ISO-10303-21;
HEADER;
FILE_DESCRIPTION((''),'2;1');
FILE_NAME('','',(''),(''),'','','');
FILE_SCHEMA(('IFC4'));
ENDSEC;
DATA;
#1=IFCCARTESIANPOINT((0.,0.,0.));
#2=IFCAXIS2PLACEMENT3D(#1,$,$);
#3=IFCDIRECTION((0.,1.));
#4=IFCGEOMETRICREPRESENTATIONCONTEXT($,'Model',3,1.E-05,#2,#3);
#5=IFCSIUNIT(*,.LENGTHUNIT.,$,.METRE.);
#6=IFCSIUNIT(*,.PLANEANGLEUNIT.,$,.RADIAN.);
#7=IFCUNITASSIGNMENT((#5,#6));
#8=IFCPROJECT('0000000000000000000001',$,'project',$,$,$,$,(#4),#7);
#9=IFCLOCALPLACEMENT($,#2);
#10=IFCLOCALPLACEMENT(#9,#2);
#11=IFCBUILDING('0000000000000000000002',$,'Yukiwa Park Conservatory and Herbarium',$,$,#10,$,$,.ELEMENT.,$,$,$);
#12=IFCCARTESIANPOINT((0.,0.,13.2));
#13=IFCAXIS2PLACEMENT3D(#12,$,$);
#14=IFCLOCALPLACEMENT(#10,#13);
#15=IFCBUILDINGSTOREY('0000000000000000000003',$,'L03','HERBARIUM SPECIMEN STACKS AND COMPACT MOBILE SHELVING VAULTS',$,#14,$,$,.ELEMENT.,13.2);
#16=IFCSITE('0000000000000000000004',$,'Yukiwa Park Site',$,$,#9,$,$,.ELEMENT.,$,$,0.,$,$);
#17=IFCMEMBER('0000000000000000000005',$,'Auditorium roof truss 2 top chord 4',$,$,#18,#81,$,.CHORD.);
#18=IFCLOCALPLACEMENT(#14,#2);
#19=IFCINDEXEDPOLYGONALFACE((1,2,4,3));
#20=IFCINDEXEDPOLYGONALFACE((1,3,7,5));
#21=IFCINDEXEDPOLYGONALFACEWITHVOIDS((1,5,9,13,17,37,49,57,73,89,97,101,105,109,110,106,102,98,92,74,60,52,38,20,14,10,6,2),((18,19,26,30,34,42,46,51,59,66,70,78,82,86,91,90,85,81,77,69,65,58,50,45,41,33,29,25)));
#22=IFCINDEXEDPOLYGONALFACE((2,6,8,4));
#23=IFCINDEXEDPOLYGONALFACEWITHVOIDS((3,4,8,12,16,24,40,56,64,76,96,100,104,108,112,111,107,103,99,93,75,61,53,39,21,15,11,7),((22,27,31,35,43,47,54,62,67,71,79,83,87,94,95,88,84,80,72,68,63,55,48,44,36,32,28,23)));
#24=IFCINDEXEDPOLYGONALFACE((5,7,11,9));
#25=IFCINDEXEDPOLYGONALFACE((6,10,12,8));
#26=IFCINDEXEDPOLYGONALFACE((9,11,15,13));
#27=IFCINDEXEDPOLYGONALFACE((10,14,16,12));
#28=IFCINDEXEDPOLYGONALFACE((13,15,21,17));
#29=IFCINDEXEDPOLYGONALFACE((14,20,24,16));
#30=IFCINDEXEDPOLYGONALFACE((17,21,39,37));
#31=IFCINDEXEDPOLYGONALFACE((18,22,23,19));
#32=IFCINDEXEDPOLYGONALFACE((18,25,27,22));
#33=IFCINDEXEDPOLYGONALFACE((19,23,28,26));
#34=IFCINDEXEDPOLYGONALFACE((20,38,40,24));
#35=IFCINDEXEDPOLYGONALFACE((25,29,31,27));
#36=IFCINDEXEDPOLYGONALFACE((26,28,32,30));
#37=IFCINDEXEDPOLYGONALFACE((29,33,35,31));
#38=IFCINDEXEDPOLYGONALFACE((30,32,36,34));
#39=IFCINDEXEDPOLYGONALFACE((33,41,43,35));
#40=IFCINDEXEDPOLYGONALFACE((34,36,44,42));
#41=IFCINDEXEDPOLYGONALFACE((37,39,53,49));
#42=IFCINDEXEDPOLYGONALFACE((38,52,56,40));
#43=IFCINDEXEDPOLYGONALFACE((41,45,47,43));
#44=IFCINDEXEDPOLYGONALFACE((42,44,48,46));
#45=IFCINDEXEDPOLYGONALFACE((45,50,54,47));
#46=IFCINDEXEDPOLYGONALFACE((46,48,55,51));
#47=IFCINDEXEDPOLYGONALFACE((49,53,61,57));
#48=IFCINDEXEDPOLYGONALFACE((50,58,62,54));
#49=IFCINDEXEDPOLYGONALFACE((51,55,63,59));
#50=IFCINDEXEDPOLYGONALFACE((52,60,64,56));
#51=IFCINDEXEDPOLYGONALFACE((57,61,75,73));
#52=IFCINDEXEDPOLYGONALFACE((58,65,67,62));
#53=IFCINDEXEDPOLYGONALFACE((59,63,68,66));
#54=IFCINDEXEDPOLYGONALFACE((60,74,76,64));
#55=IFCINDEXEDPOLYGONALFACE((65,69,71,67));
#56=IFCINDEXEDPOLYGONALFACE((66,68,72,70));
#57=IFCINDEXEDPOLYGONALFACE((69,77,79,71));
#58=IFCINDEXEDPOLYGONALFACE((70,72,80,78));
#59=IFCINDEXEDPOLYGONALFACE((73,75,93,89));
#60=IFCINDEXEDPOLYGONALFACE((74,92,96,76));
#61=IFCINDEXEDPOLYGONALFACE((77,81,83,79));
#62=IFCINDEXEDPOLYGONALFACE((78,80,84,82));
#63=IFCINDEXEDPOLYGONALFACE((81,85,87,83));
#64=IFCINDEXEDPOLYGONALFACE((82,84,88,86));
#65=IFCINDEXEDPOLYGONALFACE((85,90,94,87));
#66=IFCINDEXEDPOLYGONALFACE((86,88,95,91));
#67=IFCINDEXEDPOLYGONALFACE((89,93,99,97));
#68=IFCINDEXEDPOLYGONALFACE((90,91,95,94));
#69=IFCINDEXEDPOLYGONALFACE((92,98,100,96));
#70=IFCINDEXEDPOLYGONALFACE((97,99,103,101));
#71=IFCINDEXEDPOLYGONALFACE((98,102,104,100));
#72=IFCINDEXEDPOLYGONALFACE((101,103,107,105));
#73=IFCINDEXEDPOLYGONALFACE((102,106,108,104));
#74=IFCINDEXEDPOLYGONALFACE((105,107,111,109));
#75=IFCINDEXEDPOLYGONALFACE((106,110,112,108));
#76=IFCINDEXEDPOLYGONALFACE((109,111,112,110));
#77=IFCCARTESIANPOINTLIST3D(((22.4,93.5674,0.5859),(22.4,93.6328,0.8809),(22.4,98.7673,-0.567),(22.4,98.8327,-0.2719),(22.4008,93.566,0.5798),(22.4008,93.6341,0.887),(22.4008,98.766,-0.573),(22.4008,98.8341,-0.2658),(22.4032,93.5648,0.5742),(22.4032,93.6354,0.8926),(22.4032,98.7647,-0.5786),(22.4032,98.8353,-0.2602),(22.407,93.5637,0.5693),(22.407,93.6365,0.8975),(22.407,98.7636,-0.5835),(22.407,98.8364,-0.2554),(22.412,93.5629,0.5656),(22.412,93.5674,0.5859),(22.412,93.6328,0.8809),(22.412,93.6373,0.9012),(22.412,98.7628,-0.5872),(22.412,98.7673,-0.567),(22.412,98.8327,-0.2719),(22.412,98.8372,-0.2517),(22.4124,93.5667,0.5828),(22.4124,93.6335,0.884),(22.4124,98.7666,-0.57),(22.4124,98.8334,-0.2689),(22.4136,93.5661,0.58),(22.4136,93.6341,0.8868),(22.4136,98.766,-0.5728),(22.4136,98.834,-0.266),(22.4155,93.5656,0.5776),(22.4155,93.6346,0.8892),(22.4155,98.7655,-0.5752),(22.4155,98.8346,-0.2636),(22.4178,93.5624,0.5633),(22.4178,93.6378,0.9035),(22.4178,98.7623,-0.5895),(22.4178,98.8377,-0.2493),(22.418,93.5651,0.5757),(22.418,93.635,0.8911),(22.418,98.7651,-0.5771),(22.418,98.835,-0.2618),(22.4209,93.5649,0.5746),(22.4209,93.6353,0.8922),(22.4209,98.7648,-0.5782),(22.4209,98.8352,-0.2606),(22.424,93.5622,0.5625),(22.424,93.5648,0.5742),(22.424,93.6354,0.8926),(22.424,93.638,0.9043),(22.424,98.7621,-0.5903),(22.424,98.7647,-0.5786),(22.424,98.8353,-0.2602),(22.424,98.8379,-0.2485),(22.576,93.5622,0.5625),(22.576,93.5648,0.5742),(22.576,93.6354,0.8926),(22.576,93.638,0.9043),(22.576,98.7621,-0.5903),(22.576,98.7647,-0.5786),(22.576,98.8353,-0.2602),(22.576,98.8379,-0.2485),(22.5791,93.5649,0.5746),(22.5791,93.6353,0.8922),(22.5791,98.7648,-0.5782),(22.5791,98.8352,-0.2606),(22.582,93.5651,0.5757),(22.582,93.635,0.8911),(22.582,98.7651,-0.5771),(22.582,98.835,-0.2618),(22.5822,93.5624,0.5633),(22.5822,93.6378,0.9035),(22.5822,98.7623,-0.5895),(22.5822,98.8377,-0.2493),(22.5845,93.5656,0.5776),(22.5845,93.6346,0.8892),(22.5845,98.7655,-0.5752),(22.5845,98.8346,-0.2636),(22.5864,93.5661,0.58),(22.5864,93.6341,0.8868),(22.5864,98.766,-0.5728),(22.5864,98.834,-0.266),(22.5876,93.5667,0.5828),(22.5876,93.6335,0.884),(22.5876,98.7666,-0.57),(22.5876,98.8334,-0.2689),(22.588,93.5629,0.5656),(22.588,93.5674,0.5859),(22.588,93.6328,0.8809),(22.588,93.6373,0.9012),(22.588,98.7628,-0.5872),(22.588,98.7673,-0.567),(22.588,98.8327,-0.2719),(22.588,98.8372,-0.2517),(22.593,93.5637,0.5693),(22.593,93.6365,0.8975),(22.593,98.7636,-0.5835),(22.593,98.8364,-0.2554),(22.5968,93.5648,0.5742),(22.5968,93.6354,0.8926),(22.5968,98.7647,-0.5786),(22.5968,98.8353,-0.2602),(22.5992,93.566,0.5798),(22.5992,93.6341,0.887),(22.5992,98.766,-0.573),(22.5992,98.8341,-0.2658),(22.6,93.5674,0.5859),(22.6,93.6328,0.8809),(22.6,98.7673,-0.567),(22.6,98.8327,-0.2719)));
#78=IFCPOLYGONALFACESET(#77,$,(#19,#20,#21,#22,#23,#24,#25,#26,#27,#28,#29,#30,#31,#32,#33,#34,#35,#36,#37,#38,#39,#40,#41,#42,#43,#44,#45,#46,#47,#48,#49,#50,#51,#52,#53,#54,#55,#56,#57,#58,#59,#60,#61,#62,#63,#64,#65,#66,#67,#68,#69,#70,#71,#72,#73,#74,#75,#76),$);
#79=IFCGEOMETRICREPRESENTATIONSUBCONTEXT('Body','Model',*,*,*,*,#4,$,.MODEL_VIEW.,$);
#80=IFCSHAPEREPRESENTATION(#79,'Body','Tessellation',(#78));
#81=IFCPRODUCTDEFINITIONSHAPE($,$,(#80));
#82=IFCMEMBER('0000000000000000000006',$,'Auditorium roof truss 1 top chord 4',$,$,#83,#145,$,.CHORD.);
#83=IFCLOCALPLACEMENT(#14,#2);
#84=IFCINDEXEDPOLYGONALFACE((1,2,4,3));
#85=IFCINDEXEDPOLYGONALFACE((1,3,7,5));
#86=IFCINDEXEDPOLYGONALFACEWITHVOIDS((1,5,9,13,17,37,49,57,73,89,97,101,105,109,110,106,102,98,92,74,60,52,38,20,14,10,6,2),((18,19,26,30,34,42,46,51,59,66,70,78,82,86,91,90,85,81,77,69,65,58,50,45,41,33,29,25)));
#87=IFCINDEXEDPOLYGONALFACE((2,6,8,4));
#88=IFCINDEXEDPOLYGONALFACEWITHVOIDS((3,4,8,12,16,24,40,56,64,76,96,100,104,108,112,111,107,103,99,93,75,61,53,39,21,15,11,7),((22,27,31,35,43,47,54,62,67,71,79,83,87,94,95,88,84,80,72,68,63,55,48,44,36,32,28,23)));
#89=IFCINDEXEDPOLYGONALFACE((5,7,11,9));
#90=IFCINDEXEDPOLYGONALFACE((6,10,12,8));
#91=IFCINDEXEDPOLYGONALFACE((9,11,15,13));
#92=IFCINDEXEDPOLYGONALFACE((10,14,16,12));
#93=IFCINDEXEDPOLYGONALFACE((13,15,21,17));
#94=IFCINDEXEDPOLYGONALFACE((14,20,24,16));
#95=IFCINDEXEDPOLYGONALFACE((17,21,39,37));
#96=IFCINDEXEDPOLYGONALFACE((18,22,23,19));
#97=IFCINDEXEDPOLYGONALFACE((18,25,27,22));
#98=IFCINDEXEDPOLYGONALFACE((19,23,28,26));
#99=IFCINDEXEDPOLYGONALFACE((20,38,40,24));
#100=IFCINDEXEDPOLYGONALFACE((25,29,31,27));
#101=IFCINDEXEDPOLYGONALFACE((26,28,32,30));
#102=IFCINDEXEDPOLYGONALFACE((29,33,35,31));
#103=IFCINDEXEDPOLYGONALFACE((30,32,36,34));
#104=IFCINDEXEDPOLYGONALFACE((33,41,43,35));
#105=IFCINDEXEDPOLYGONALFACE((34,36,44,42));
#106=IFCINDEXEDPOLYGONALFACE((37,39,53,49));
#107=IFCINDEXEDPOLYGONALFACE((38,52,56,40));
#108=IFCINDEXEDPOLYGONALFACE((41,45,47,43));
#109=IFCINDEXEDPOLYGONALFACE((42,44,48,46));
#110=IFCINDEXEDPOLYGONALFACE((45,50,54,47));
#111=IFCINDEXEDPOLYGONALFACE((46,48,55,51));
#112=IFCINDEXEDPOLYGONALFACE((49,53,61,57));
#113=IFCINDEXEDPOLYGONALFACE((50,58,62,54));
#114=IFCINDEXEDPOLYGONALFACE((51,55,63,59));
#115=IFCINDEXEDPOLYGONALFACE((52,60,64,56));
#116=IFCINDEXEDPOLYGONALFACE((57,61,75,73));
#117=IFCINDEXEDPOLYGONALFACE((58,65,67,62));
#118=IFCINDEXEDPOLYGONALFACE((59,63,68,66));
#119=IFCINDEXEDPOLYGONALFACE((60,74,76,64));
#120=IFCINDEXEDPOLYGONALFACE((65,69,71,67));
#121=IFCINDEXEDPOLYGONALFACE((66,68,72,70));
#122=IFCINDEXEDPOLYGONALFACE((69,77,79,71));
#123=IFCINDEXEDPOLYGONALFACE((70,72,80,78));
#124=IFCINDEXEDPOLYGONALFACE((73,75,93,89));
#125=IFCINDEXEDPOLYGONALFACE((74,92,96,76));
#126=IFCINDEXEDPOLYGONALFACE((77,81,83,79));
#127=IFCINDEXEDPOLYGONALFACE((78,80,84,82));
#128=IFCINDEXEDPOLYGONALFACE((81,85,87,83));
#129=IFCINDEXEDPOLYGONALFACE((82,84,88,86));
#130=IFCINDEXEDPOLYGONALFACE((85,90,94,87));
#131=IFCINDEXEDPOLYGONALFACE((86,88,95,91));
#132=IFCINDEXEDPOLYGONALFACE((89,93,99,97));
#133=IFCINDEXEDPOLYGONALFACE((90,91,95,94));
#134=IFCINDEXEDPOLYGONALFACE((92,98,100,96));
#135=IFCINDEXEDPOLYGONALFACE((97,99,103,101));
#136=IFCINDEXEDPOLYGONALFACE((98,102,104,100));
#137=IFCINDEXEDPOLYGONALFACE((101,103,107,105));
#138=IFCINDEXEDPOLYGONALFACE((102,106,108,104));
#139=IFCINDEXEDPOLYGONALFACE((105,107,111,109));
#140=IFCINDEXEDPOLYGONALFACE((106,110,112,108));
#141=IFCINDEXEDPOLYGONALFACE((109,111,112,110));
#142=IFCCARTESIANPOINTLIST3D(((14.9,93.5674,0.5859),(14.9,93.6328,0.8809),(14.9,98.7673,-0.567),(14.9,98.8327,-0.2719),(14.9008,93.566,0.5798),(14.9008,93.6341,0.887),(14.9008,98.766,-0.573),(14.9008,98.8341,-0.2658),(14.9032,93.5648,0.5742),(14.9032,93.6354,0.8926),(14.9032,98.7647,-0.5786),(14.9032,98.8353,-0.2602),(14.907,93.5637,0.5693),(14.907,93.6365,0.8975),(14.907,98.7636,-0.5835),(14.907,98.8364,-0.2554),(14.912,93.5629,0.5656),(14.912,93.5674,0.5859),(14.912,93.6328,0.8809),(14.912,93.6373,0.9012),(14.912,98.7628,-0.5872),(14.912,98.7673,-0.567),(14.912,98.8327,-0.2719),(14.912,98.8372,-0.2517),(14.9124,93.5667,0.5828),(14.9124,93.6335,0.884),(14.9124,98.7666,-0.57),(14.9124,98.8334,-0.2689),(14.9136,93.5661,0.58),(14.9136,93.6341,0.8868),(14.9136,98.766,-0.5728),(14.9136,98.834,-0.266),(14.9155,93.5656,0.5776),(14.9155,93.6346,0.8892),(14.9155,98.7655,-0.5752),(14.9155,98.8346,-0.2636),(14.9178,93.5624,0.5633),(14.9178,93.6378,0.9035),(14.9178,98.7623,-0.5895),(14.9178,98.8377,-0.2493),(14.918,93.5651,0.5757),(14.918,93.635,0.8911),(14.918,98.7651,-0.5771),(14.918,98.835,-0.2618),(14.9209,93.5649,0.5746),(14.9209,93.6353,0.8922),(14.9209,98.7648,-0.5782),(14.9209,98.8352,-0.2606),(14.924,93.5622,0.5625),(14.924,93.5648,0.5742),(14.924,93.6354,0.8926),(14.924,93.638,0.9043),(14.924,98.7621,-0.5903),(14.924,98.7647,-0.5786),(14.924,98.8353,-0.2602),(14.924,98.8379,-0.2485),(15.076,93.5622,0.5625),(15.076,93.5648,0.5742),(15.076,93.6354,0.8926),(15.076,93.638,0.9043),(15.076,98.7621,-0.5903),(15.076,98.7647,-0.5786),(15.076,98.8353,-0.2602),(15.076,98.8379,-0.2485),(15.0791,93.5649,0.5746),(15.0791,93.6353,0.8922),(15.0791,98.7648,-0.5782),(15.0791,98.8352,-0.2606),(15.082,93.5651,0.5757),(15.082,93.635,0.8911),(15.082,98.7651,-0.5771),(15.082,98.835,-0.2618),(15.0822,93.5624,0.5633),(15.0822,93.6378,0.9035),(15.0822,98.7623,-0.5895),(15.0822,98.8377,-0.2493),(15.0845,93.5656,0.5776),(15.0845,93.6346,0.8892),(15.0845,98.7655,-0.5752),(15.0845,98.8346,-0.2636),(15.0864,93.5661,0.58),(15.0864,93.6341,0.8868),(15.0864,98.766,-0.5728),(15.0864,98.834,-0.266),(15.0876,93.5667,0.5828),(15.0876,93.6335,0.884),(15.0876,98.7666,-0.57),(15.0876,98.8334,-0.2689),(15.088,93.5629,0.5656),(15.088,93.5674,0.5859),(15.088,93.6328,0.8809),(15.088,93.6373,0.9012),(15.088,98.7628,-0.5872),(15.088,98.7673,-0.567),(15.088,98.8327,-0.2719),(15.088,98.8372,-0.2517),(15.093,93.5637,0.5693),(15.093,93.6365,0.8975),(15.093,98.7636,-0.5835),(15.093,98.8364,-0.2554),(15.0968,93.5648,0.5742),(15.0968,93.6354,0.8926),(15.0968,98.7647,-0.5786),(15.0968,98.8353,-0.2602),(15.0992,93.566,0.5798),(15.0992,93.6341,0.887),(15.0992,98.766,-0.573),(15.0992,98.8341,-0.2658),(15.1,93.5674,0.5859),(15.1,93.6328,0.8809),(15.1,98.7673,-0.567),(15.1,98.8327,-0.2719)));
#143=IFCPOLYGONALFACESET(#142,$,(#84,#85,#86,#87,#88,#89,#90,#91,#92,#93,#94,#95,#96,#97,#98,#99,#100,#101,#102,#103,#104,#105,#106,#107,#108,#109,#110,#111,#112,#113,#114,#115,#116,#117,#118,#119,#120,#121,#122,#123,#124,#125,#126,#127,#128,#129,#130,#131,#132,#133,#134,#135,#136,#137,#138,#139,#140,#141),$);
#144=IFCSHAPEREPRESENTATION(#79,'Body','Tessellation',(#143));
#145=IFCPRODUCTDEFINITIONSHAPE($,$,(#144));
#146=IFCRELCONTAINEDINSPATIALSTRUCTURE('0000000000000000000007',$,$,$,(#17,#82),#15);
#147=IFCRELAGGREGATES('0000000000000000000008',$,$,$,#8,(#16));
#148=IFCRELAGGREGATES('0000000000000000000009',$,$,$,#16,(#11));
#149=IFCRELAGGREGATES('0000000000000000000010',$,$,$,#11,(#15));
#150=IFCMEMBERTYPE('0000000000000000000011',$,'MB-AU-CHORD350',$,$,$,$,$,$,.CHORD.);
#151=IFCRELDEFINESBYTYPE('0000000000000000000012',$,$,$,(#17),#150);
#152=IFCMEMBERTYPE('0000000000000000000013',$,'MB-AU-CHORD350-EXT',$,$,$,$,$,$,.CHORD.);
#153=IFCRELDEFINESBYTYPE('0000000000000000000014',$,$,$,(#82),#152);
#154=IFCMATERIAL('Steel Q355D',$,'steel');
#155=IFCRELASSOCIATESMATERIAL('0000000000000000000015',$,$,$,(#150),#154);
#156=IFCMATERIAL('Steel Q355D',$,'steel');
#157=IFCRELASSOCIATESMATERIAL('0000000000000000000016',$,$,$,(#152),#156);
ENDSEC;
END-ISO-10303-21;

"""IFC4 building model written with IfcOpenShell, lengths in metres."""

from ifc_helpers import new_model, si_unit, direction, frame, origin, origin_2d, place, context, subcontext, project, spatial, hollow_rectangle, extrude, material, material_profile, profile_set, type_object, element, save


model = new_model("IFC4")

# Units and contexts
model_context = context("Model", 3, precision=1e-05, world=origin(), true_north=direction((0.0, 1.0)))
body_context = subcontext(model_context, "Body", "Model", "MODEL_VIEW")
ifc_project = project(units=[si_unit("LENGTHUNIT", "METRE"), si_unit("PLANEANGLEUNIT", "RADIAN")], contexts=[model_context])

# Site, building, storey
site_placement = place(None, origin())
site = spatial("IfcSite", under=ifc_project, at=site_placement, Name="Yukiwa Park Site", CompositionType="ELEMENT", RefElevation=0.0)
building_placement = place(site_placement, origin())
building = spatial("IfcBuilding", under=site, at=building_placement, Name="Yukiwa Park Conservatory and Herbarium", CompositionType="ELEMENT")
storey_placement = place(building_placement, frame((0.0, 0.0, 13.2)))
storey = spatial("IfcBuildingStorey", under=building, at=storey_placement, Name="L03", Description="HERBARIUM SPECIMEN STACKS AND COMPACT MOBILE SHELVING VAULTS", CompositionType="ELEMENT", Elevation=13.2)

# Members
ifc_material_1 = material(Name="Steel Q355D", Category="steel")
ifc_material_profile_1 = material_profile(ifc_material_1, hollow_rectangle(XDim=0.2, YDim=0.3501, WallThickness=0.012, InnerFilletRadius=0.012, OuterFilletRadius=0.0239, at=origin_2d()), Name="RHS 350x200x12")
ifc_profile_set_1 = profile_set([ifc_material_profile_1], Name="Steel Q355D")
member_type_1 = type_object("IfcMemberType", Name="MB-AU-CHORD350", PredefinedType="CHORD", material=ifc_profile_set_1)
member_1_placement = place(storey_placement, frame((22.5, 93.6001, 0.7334), z_axis=(0.0, 0.976295, -0.216445), x_axis=(-1.0, 0.0, 0.0)))
element("IfcMember", 1, at=member_1_placement, inside=storey, type_object=member_type_1, Name="Auditorium roof truss 2 top chord 4", PredefinedType="CHORD", context=body_context, shape_type="SweptSolid", body=[
    extrude(hollow_rectangle(XDim=0.2, YDim=0.3501, WallThickness=0.012, InnerFilletRadius=0.012, OuterFilletRadius=0.0239, at=origin_2d()), origin(), (0.0, 0.0, 1.0), 5.3262),
])
ifc_material_2 = material(Name="Steel Q355D", Category="steel")
ifc_material_profile_2 = material_profile(ifc_material_2, hollow_rectangle(XDim=0.2, YDim=0.3501, WallThickness=0.012, InnerFilletRadius=0.012, OuterFilletRadius=0.0239, at=origin_2d()), Name="RHS 350x200x12")
ifc_profile_set_2 = profile_set([ifc_material_profile_2], Name="Steel Q355D")
member_type_2 = type_object("IfcMemberType", Name="MB-AU-CHORD350-EXT", PredefinedType="CHORD", material=ifc_profile_set_2)
member_2_placement = place(storey_placement, frame((15.0, 93.6001, 0.7334), z_axis=(0.0, 0.976295, -0.216445), x_axis=(-1.0, 0.0, 0.0)))
element("IfcMember", 2, at=member_2_placement, inside=storey, type_object=member_type_2, Name="Auditorium roof truss 1 top chord 4", PredefinedType="CHORD", context=body_context, shape_type="SweptSolid", body=[
    extrude(hollow_rectangle(XDim=0.2, YDim=0.3501, WallThickness=0.012, InnerFilletRadius=0.012, OuterFilletRadius=0.0239, at=origin_2d()), origin(), (0.0, 0.0, 1.0), 5.3262),
])

save(model, "model.ifc")
